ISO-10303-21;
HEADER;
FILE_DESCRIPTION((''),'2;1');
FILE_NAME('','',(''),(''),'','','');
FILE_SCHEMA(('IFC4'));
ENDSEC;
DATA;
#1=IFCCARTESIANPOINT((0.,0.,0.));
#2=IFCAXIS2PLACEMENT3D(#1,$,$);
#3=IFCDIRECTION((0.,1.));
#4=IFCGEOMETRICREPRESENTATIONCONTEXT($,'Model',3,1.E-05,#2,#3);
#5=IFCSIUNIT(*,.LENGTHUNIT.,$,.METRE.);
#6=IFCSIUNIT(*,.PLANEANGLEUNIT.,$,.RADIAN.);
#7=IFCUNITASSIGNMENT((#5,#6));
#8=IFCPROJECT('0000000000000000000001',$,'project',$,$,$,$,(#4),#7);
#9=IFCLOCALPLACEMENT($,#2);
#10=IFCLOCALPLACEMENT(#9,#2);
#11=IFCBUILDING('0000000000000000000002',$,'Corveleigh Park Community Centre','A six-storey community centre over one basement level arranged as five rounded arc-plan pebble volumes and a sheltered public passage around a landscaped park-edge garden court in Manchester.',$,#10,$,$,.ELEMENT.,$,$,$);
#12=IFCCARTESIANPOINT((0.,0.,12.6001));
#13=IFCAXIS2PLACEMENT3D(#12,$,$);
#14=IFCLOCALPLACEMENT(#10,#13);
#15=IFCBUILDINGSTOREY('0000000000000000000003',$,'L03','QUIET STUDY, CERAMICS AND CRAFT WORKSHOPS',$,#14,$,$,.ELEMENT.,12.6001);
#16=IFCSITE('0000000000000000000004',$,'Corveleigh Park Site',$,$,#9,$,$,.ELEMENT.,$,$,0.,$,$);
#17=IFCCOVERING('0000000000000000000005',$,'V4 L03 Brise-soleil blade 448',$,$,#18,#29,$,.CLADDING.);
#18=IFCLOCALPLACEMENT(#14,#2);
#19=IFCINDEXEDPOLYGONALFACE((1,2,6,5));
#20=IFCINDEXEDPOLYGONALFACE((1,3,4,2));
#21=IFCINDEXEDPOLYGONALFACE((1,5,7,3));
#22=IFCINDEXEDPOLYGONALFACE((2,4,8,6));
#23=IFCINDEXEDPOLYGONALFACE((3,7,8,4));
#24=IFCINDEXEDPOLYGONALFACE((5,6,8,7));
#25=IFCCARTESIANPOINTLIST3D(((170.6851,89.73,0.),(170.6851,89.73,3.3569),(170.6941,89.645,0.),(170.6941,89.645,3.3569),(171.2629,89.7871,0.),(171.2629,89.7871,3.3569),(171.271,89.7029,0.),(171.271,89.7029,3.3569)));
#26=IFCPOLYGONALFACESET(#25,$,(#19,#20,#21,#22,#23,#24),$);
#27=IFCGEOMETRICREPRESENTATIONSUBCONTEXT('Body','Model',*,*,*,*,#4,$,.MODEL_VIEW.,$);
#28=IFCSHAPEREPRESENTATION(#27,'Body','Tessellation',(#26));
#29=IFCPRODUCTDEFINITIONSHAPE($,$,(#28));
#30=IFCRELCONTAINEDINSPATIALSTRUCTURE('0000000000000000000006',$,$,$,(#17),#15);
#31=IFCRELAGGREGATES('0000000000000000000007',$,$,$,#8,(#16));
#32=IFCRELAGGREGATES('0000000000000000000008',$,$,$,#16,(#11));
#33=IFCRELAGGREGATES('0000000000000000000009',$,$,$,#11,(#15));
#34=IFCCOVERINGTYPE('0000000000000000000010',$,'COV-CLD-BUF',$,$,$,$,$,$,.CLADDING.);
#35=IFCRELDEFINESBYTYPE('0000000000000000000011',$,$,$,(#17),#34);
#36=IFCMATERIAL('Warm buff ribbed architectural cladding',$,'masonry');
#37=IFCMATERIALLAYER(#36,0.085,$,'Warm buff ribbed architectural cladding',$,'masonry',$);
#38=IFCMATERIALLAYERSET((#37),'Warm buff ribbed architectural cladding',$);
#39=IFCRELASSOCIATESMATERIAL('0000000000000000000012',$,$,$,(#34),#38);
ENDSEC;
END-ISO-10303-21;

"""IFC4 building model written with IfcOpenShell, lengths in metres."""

from ifc_helpers import new_model, si_unit, direction, frame, origin, place, context, subcontext, project, spatial, polyline, outline, extrude, material, layer, layer_set, type_object, element, save


model = new_model("IFC4")

# Units and contexts
model_context = context("Model", 3, precision=1e-05, world=origin(), true_north=direction((0.0, 1.0)))
body_context = subcontext(model_context, "Body", "Model", "MODEL_VIEW")
ifc_project = project(units=[si_unit("LENGTHUNIT", "METRE"), si_unit("PLANEANGLEUNIT", "RADIAN")], contexts=[model_context])

# Site, building, storey
site_placement = place(None, origin())
site = spatial("IfcSite", under=ifc_project, at=site_placement, Name="Corveleigh Park Site", CompositionType="ELEMENT", RefElevation=0.0)
building_placement = place(site_placement, origin())
building = spatial("IfcBuilding", under=site, at=building_placement, Name="Corveleigh Park Community Centre", Description="A six-storey community centre over one basement level arranged as five rounded arc-plan pebble volumes and a sheltered public passage around a landscaped park-edge garden court in Manchester.", CompositionType="ELEMENT")
storey_placement = place(building_placement, frame((0.0, 0.0, 12.6001)))
storey = spatial("IfcBuildingStorey", under=building, at=storey_placement, Name="L03", Description="QUIET STUDY, CERAMICS AND CRAFT WORKSHOPS", CompositionType="ELEMENT", Elevation=12.6001)

# Covering
ifc_material = material(Name="Warm buff ribbed architectural cladding", Category="masonry")
ifc_layer = layer(ifc_material, 0.085, Name="Warm buff ribbed architectural cladding", Category="masonry")
ifc_layer_set = layer_set([ifc_layer], Name="Warm buff ribbed architectural cladding")
covering_type = type_object("IfcCoveringType", Name="COV-CLD-BUF", PredefinedType="CLADDING", material=ifc_layer_set)
covering_1_placement = place(storey_placement, origin())
element("IfcCovering", 1, at=covering_1_placement, inside=storey, type_object=covering_type, Name="V4 L03 Brise-soleil blade 448", PredefinedType="CLADDING", context=body_context, shape_type="SweptSolid", body=[
    extrude(outline(polyline([(170.6851, 89.73), (170.6941, 89.645), (171.271, 89.7029), (171.2629, 89.7871), (170.6851, 89.73)])), origin(), (0.0, 0.0, 1.0), 3.3569),
])

save(model, "model.ifc")
